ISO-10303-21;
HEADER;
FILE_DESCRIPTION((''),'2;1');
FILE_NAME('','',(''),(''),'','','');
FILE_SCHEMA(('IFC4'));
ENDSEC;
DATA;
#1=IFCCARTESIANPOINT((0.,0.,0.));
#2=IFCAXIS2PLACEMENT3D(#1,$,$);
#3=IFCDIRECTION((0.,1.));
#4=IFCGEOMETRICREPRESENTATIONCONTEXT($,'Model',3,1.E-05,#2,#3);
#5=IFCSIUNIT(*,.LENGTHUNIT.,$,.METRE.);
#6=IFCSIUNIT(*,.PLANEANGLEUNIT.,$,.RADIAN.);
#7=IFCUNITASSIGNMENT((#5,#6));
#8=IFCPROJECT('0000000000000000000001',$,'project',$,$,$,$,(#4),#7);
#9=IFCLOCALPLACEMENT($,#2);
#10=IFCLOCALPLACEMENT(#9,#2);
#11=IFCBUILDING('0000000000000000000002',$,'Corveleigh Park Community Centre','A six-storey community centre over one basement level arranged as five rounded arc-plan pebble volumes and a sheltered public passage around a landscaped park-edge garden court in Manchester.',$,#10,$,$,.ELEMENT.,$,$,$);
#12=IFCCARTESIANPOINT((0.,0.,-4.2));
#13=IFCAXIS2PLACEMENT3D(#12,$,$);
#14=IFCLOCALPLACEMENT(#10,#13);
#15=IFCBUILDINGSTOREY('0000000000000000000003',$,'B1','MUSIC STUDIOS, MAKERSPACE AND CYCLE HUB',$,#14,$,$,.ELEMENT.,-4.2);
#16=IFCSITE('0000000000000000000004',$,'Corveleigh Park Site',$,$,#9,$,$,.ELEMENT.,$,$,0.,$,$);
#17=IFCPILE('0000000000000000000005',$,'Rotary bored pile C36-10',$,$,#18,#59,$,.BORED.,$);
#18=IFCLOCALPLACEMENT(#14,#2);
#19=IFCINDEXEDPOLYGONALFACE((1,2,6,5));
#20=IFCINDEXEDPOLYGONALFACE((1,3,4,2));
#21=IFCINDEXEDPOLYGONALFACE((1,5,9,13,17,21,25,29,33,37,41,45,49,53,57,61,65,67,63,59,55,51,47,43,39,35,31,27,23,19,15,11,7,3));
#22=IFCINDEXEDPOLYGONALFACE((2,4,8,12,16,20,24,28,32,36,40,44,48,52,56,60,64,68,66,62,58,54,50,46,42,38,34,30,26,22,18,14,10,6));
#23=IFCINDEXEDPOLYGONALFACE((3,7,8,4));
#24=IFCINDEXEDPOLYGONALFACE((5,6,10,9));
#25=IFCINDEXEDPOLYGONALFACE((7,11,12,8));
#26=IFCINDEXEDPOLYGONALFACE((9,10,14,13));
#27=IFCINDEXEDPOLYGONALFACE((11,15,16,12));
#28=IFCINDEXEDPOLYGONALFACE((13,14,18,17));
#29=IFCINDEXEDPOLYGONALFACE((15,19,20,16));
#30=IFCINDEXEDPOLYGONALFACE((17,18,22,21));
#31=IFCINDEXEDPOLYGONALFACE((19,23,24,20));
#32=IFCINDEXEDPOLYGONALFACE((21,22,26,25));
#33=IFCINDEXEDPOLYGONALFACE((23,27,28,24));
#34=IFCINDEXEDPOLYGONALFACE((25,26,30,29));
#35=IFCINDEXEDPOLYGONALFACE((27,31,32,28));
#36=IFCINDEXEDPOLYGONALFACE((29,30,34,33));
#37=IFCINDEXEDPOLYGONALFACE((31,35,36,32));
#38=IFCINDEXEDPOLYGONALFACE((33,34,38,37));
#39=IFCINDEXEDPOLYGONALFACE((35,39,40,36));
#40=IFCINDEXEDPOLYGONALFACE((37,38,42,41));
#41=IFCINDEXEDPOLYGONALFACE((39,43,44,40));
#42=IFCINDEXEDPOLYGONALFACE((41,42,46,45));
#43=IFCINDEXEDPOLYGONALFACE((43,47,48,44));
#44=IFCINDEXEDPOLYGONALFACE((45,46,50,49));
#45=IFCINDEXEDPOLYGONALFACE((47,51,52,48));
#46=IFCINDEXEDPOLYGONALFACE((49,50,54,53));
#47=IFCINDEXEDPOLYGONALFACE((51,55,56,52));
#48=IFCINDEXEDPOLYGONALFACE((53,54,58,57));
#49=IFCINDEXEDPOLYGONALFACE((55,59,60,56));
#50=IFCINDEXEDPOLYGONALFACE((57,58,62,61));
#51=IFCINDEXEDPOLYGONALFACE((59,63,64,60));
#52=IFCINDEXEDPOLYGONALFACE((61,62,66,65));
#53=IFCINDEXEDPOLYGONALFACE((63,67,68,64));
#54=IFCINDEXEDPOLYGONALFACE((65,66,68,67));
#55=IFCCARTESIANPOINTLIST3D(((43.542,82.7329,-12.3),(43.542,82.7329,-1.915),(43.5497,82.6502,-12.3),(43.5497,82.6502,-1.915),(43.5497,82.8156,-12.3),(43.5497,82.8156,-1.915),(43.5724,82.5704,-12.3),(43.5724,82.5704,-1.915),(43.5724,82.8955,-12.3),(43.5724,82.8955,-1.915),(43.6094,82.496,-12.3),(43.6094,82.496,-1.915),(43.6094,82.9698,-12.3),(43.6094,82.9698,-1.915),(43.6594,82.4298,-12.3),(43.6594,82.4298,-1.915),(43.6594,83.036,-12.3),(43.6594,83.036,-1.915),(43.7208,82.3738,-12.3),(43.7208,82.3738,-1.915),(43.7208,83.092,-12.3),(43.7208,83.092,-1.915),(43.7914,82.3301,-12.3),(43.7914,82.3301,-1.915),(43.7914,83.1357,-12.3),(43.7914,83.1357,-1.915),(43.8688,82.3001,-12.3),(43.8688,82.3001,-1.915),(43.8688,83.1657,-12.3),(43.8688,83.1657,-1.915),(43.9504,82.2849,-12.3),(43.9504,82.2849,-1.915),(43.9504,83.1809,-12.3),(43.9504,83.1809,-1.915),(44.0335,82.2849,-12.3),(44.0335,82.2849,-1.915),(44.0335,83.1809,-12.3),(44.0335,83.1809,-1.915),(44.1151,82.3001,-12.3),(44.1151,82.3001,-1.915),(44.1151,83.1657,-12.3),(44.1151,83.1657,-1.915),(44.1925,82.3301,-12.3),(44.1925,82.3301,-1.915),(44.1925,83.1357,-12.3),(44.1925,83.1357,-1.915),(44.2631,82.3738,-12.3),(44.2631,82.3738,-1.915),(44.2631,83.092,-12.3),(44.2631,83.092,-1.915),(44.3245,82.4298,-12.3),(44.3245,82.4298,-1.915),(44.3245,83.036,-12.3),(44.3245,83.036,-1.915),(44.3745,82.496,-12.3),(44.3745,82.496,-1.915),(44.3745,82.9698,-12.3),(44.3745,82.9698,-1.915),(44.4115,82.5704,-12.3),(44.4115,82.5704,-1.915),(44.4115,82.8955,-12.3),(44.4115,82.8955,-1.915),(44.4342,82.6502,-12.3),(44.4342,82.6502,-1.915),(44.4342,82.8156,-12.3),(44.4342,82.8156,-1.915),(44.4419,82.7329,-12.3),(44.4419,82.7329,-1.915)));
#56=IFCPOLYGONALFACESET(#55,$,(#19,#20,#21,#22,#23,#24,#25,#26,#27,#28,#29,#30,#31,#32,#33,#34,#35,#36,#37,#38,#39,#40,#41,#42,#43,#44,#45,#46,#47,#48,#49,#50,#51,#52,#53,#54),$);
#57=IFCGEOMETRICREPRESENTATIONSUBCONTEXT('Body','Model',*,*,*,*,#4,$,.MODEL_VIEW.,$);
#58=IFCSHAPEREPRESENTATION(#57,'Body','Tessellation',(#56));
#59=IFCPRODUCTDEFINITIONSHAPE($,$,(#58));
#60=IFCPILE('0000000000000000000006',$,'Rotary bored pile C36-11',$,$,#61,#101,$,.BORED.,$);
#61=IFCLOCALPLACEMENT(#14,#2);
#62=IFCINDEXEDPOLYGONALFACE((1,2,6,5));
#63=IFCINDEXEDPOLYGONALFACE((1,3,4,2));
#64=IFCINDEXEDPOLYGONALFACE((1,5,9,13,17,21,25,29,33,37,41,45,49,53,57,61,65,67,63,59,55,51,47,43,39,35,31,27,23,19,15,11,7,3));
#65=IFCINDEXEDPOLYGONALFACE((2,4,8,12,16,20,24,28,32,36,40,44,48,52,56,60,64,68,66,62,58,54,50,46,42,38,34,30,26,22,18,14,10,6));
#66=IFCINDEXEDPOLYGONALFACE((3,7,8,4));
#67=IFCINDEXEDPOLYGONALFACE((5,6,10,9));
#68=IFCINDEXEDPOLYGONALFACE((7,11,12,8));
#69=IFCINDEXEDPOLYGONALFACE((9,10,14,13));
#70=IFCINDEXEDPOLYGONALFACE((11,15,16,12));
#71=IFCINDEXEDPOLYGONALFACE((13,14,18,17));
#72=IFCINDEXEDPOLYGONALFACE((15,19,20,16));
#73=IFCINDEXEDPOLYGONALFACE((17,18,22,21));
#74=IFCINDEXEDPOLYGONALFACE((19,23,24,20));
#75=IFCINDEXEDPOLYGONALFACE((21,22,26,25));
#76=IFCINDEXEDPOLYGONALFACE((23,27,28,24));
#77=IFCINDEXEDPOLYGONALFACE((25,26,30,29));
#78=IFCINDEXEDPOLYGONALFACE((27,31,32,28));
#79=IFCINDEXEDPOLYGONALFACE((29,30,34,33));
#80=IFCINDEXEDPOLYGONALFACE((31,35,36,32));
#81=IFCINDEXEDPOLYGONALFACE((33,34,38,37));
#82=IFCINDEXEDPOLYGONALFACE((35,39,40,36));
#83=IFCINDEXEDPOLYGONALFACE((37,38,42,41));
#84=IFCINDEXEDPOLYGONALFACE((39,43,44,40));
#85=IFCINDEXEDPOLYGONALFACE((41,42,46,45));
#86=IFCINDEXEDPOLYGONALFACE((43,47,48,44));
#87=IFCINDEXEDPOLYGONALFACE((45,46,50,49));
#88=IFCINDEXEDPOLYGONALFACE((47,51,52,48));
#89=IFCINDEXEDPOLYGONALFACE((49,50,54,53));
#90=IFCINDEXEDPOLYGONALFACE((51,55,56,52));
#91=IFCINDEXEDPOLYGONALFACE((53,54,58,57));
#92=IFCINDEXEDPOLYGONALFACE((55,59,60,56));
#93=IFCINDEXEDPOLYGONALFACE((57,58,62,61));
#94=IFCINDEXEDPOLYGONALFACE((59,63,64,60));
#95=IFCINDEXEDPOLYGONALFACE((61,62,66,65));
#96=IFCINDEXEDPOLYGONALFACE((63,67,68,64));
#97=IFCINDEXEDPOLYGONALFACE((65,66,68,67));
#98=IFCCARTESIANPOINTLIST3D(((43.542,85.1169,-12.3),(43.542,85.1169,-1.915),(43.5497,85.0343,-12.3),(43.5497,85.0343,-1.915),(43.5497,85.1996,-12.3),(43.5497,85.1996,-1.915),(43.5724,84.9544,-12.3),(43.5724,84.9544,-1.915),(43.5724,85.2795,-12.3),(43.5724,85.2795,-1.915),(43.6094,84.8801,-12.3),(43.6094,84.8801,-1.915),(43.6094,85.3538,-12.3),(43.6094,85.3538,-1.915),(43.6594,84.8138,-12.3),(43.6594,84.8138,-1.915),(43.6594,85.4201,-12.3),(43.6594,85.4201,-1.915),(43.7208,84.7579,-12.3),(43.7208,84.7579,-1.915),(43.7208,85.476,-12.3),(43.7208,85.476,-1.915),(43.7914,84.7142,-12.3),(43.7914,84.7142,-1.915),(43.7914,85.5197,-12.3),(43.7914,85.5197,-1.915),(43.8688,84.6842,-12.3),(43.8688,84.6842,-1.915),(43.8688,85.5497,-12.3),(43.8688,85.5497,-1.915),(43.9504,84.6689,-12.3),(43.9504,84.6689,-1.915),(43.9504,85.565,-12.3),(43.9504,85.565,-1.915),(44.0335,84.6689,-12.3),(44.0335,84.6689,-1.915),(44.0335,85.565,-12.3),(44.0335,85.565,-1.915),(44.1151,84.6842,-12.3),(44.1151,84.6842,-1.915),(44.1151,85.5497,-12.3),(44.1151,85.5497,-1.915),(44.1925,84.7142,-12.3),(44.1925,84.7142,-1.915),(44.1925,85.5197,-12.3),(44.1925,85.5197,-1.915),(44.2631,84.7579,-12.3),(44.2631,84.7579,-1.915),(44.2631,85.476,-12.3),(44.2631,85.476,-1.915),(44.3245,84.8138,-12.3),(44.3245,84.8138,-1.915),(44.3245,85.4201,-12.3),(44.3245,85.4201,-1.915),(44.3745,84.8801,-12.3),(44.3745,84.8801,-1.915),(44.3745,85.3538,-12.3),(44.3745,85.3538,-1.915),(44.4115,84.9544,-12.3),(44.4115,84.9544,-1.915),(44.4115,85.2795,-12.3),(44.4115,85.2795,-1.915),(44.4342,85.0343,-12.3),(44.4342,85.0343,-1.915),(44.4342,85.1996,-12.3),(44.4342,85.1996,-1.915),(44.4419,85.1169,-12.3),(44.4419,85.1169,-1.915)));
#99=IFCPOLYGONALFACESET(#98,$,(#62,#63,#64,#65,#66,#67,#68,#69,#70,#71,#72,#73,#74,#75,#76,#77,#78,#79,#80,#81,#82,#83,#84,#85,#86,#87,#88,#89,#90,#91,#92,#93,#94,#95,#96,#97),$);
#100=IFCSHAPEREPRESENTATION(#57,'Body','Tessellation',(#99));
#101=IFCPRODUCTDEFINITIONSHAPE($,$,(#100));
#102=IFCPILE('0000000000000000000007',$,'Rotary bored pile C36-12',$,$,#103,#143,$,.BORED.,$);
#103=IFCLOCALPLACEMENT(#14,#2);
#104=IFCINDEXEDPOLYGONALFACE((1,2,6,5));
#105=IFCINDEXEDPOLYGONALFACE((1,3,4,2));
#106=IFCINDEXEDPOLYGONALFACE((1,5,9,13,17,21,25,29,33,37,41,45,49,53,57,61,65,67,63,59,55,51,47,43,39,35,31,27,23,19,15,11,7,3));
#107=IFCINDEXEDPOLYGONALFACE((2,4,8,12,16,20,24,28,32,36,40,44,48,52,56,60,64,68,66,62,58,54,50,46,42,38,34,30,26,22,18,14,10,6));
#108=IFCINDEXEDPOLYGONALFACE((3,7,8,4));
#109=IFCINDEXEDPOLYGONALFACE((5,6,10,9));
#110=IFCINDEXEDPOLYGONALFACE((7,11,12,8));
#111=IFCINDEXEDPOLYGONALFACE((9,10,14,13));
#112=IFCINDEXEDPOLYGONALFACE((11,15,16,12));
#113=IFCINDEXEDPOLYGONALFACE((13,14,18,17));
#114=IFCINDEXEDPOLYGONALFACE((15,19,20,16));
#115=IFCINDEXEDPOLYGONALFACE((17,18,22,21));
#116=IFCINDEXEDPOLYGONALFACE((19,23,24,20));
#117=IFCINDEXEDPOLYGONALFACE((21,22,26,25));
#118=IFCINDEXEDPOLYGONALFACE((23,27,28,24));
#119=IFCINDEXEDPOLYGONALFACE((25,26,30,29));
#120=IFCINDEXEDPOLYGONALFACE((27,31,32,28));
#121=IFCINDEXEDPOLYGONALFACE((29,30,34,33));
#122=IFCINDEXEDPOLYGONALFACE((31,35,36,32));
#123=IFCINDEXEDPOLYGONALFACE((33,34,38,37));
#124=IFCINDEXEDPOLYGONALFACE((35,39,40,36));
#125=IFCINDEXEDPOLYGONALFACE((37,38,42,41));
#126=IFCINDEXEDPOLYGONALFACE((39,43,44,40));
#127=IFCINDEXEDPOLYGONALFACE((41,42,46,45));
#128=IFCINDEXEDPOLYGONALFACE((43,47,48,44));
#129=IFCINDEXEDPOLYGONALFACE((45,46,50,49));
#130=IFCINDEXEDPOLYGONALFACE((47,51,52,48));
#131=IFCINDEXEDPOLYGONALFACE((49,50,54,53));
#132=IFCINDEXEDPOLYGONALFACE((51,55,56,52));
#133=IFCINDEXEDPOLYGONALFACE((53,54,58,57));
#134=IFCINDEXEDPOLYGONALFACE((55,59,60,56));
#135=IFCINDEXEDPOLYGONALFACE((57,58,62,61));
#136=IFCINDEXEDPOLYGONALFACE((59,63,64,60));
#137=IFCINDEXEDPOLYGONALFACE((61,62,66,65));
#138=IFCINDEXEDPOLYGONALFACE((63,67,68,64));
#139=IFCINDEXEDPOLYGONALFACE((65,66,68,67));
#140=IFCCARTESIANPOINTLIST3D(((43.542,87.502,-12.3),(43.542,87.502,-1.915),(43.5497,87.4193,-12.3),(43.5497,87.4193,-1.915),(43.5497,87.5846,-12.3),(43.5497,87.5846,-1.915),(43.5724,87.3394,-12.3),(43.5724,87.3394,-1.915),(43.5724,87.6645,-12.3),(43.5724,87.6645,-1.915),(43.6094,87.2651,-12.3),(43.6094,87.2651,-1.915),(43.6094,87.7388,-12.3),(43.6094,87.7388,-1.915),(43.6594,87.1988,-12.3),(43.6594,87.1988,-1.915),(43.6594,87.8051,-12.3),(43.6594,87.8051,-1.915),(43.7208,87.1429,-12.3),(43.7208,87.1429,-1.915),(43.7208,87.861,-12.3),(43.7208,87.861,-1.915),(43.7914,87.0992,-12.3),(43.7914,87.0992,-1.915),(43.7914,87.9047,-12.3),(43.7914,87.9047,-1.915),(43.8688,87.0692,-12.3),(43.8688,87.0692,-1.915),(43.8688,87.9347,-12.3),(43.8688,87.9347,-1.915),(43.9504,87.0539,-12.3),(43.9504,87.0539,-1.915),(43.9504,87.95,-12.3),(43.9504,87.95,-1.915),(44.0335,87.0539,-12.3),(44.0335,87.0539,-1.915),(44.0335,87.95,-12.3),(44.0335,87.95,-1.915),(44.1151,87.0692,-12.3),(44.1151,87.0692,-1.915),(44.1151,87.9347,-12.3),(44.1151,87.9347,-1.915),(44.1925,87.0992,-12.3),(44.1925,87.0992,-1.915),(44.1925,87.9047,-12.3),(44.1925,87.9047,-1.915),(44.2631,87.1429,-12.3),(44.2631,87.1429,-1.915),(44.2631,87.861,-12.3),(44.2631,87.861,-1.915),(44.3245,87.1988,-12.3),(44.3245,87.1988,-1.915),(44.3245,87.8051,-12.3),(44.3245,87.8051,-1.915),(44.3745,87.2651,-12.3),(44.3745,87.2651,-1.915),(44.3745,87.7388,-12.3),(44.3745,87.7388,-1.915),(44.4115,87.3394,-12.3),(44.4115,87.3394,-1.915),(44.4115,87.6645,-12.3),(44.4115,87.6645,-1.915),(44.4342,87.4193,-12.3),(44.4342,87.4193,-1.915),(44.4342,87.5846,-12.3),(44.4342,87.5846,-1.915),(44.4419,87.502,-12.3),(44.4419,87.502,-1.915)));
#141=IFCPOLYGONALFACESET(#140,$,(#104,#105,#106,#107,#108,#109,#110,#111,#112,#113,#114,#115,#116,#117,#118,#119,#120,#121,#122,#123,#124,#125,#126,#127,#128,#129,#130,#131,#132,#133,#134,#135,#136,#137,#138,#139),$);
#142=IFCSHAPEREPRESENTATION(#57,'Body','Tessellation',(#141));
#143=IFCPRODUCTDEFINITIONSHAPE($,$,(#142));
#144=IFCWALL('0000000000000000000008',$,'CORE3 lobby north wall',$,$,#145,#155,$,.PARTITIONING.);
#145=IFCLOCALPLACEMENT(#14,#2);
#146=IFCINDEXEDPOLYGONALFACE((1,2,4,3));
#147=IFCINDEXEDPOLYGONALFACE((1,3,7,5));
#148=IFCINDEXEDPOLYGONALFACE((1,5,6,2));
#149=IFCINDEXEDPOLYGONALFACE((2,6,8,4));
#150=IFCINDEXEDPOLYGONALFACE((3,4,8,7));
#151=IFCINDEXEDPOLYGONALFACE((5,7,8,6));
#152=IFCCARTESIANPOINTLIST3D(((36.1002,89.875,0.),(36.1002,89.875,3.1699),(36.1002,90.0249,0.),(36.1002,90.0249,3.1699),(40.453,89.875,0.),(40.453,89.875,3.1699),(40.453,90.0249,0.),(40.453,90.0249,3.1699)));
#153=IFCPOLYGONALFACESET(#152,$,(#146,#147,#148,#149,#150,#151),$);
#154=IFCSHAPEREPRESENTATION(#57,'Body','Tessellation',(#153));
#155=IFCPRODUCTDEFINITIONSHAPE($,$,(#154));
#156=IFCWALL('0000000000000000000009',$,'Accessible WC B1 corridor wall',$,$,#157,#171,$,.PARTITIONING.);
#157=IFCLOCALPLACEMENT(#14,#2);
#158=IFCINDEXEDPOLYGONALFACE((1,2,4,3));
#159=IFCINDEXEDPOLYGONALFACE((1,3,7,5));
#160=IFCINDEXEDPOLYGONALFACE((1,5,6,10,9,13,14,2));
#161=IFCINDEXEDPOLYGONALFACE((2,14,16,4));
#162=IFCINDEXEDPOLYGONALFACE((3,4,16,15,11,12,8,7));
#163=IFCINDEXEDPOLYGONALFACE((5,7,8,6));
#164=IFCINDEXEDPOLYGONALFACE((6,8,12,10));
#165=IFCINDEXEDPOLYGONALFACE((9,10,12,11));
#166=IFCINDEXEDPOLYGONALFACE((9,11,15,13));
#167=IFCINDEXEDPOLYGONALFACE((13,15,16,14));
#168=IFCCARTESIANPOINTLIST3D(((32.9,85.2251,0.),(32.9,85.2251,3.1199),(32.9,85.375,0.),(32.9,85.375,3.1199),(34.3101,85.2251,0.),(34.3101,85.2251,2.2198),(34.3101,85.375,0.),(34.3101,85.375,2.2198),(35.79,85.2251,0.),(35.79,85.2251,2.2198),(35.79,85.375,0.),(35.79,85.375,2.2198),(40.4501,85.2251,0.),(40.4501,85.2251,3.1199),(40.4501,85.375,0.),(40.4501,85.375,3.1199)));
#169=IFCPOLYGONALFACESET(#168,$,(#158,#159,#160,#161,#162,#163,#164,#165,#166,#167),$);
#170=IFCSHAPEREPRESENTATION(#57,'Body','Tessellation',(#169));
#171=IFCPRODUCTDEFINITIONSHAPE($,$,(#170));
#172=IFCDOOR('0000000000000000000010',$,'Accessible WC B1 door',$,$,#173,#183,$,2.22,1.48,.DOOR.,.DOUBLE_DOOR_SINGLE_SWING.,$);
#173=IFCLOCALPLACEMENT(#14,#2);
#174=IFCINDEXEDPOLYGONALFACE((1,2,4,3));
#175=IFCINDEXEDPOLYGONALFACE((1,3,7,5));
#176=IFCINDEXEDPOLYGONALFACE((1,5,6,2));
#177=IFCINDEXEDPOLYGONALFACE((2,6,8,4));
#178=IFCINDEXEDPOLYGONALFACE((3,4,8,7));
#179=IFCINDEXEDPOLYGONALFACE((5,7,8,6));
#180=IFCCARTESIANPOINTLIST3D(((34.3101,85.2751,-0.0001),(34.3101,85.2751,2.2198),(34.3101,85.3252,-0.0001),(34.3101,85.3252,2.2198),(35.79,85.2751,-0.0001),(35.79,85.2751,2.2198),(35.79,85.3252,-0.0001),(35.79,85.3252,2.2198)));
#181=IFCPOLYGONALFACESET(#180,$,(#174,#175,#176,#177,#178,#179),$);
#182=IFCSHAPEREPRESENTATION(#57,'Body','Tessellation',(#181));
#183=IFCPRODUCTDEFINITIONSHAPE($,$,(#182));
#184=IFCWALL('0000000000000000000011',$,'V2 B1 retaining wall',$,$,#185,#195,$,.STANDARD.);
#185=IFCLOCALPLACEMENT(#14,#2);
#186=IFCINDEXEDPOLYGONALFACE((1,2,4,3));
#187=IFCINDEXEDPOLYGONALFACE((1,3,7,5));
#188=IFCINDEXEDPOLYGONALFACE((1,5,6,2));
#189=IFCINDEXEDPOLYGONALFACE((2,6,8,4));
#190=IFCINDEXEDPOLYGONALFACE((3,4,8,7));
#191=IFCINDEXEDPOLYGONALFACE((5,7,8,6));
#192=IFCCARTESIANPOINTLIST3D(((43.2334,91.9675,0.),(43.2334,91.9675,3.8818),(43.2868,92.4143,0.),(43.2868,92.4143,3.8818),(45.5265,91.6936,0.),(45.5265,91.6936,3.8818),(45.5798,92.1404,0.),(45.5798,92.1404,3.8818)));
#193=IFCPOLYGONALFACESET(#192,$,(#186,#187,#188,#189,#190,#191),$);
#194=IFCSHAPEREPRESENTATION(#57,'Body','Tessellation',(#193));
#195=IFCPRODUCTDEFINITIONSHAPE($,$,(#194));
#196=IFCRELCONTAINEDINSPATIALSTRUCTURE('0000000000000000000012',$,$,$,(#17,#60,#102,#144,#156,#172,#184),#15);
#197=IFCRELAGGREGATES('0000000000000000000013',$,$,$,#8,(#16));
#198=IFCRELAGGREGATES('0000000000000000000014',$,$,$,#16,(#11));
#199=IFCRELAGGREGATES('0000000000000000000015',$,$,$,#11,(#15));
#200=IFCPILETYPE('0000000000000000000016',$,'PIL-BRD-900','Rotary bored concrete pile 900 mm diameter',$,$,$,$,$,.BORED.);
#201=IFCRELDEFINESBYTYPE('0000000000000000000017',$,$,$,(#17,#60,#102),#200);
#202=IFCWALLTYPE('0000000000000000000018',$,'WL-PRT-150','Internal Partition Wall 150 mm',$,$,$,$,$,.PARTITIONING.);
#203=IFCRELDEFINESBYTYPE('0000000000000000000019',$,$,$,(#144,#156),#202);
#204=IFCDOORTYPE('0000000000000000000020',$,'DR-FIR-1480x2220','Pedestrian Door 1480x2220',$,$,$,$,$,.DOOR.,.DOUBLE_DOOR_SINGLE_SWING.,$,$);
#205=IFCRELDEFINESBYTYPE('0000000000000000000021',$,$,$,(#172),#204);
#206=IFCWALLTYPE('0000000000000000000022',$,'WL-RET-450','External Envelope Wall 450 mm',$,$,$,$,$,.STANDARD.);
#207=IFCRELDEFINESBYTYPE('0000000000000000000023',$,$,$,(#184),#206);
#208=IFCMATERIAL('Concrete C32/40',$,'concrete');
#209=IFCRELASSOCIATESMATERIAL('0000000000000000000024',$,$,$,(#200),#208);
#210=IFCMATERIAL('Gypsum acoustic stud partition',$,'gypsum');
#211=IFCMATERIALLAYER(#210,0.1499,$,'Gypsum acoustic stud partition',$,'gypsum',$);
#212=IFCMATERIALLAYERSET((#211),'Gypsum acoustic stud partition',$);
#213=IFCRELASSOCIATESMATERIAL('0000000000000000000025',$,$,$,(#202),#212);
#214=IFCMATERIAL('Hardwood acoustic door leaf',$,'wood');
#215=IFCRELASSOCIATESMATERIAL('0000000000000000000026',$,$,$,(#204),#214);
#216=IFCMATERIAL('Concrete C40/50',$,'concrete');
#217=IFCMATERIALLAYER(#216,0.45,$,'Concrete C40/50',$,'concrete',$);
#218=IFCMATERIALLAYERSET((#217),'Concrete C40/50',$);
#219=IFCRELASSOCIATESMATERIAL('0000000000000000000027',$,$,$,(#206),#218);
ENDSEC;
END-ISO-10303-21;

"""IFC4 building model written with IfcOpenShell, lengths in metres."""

from ifc_helpers import new_model, si_unit, direction, frame, frame_2d, origin, origin_2d, place, context, subcontext, project, spatial, rectangle, circle, extrude, material, layer, layer_set, material_profile, profile_set, type_object, element, fill, save


model = new_model("IFC4")

# Units and contexts
model_context = context("Model", 3, precision=1e-05, world=origin(), true_north=direction((0.0, 1.0)))
body_context = subcontext(model_context, "Body", "Model", "MODEL_VIEW")
ifc_project = project(units=[si_unit("LENGTHUNIT", "METRE"), si_unit("PLANEANGLEUNIT", "RADIAN")], contexts=[model_context])

# Site, building, storey
site_placement = place(None, origin())
site = spatial("IfcSite", under=ifc_project, at=site_placement, Name="Corveleigh Park Site", CompositionType="ELEMENT", RefElevation=0.0)
building_placement = place(site_placement, origin())
building = spatial("IfcBuilding", under=site, at=building_placement, Name="Corveleigh Park Community Centre", Description="A six-storey community centre over one basement level arranged as five rounded arc-plan pebble volumes and a sheltered public passage around a landscaped park-edge garden court in Manchester.", CompositionType="ELEMENT")
storey_placement = place(building_placement, frame((0.0, 0.0, -4.2)))
storey = spatial("IfcBuildingStorey", under=building, at=storey_placement, Name="B1", Description="MUSIC STUDIOS, MAKERSPACE AND CYCLE HUB", CompositionType="ELEMENT", Elevation=-4.2)

# Shared definitions
ifc_material_1 = material(Name="Concrete C40/50", Category="concrete")

# Piles
ifc_material_2 = material(Name="Concrete C32/40", Category="concrete")
ifc_material_profile = material_profile(ifc_material_2, circle(Radius=0.45, at=origin_2d()), Name="BORED-PILE-900", Category="concrete")
ifc_profile_set = profile_set([ifc_material_profile], Name="Concrete C32/40")
pile_type = type_object("IfcPileType", Name="PIL-BRD-900", Description="Rotary bored concrete pile 900 mm diameter", PredefinedType="BORED", material=ifc_profile_set)
for number, where, z_axis, x_axis, name in (
    (1, (43.9919, 82.7329, -1.915), (0.0, 0.0, -1.0), (1.0, 0.0, 0.0), "Rotary bored pile C36-10"),
    (2, (43.9919, 85.1169, -1.915), (0.0, 0.0, -1.0), (1.0, 0.0, 0.0), "Rotary bored pile C36-11"),
    (3, (43.9919, 87.502, -1.915), (0.0, 0.0, -1.0), (1.0, 0.0, 0.0), "Rotary bored pile C36-12"),
):
    element("IfcPile", number, at=place(storey_placement, frame(where, z_axis=z_axis, x_axis=x_axis)), inside=storey, type_object=pile_type, Name=name, PredefinedType="BORED", context=body_context, shape_type="SweptSolid", body=[
        extrude(circle(Radius=0.45, at=origin_2d()), origin(), (0.0, 0.0, 1.0), 10.385),
    ])

# Wall
ifc_material_3 = material(Name="Gypsum acoustic stud partition", Category="gypsum")
ifc_layer_1 = layer(ifc_material_3, 0.1499, Name="Gypsum acoustic stud partition", Category="gypsum")
ifc_layer_set_1 = layer_set([ifc_layer_1], Name="Gypsum acoustic stud partition")
wall_type_1 = type_object("IfcWallType", Name="WL-PRT-150", Description="Internal Partition Wall 150 mm", PredefinedType="PARTITIONING", material=ifc_layer_set_1)
wall_1_placement = place(storey_placement, frame((40.4529, 89.95, 0.0), z_axis=(0.0, 0.0, 1.0), x_axis=(-1.0, 0.0, 0.0)))
element("IfcWall", 4, at=wall_1_placement, inside=storey, type_object=wall_type_1, Name="CORE3 lobby north wall", PredefinedType="PARTITIONING", context=body_context, shape_type="SweptSolid", body=[
    extrude(rectangle(XDim=4.3528, YDim=0.1499, at=frame_2d((2.1763, 0.0))), origin(), (0.0, 0.0, 1.0), 3.1699),
])

# Wall, opening, door
wall_2_placement = place(storey_placement, frame((40.45, 85.3, 0.0), z_axis=(0.0, 0.0, 1.0), x_axis=(-1.0, 0.0, 0.0)))
wall_2 = element("IfcWall", 5, at=wall_2_placement, inside=storey, type_object=wall_type_1, Name="Accessible WC B1 corridor wall", PredefinedType="PARTITIONING", context=body_context, shape_type="SweptSolid", body=[
    extrude(rectangle(XDim=7.55, YDim=0.1499, at=frame_2d((3.7749, 0.0))), origin(), (0.0, 0.0, 1.0), 3.1199),
])
opening_1_placement = place(wall_2_placement, frame((4.6599, 0.0, 0.0)))
opening_1 = element("IfcOpeningElement", 6, at=opening_1_placement, cuts=wall_2, PredefinedType="OPENING", context=body_context, shape_type="SweptSolid", body=[
    extrude(rectangle(XDim=1.48, YDim=2.22, at=frame_2d((0.74, 1.1099))), frame((0.0, 0.085, 0.0), z_axis=(0.0, -1.0, 0.0), x_axis=(1.0, 0.0, 0.0)), (0.0, 0.0, 1.0), 0.1699),
])
ifc_material_4 = material(Name="Hardwood acoustic door leaf", Category="wood")
door_type_1 = type_object("IfcDoorType", Name="DR-FIR-1480x2220", Description="Pedestrian Door 1480x2220", OperationType="DOUBLE_DOOR_SINGLE_SWING", PredefinedType="DOOR", material=ifc_material_4)
door_1_placement = place(opening_1_placement, origin())
door_1 = element("IfcDoor", 7, at=door_1_placement, inside=storey, type_object=door_type_1, Name="Accessible WC B1 door", OperationType="DOUBLE_DOOR_SINGLE_SWING", OverallHeight=2.22, OverallWidth=1.48, PredefinedType="DOOR", context=body_context, shape_type="SweptSolid", body=[
    extrude(rectangle(XDim=1.48, YDim=2.22, at=frame_2d((0.74, 1.1099))), frame((0.0, 0.0249, 0.0), z_axis=(0.0, -1.0, 0.0), x_axis=(1.0, 0.0, 0.0)), (0.0, 0.0, 1.0), 0.05),
])
fill(opening_1, door_1)

# Wall
ifc_layer_2 = layer(ifc_material_1, 0.45, Name="Concrete C40/50", Category="concrete")
ifc_layer_set_2 = layer_set([ifc_layer_2], Name="Concrete C40/50")
wall_type_2 = type_object("IfcWallType", Name="WL-RET-450", Description="External Envelope Wall 450 mm", PredefinedType="STANDARD", material=ifc_layer_set_2)
wall_3_placement = place(storey_placement, frame((43.26, 92.1909, 0.0), z_axis=(0.0, 0.0, 1.0), x_axis=(0.99294, -0.11862, 0.0)))
element("IfcWall", 8, at=wall_3_placement, inside=storey, type_object=wall_type_2, Name="V2 B1 retaining wall", PredefinedType="STANDARD", context=body_context, shape_type="SweptSolid", body=[
    extrude(rectangle(XDim=2.3093, YDim=0.45, at=frame_2d((1.1548, 0.0))), origin(), (0.0, 0.0, 1.0), 3.8818),
])

save(model, "model.ifc")
